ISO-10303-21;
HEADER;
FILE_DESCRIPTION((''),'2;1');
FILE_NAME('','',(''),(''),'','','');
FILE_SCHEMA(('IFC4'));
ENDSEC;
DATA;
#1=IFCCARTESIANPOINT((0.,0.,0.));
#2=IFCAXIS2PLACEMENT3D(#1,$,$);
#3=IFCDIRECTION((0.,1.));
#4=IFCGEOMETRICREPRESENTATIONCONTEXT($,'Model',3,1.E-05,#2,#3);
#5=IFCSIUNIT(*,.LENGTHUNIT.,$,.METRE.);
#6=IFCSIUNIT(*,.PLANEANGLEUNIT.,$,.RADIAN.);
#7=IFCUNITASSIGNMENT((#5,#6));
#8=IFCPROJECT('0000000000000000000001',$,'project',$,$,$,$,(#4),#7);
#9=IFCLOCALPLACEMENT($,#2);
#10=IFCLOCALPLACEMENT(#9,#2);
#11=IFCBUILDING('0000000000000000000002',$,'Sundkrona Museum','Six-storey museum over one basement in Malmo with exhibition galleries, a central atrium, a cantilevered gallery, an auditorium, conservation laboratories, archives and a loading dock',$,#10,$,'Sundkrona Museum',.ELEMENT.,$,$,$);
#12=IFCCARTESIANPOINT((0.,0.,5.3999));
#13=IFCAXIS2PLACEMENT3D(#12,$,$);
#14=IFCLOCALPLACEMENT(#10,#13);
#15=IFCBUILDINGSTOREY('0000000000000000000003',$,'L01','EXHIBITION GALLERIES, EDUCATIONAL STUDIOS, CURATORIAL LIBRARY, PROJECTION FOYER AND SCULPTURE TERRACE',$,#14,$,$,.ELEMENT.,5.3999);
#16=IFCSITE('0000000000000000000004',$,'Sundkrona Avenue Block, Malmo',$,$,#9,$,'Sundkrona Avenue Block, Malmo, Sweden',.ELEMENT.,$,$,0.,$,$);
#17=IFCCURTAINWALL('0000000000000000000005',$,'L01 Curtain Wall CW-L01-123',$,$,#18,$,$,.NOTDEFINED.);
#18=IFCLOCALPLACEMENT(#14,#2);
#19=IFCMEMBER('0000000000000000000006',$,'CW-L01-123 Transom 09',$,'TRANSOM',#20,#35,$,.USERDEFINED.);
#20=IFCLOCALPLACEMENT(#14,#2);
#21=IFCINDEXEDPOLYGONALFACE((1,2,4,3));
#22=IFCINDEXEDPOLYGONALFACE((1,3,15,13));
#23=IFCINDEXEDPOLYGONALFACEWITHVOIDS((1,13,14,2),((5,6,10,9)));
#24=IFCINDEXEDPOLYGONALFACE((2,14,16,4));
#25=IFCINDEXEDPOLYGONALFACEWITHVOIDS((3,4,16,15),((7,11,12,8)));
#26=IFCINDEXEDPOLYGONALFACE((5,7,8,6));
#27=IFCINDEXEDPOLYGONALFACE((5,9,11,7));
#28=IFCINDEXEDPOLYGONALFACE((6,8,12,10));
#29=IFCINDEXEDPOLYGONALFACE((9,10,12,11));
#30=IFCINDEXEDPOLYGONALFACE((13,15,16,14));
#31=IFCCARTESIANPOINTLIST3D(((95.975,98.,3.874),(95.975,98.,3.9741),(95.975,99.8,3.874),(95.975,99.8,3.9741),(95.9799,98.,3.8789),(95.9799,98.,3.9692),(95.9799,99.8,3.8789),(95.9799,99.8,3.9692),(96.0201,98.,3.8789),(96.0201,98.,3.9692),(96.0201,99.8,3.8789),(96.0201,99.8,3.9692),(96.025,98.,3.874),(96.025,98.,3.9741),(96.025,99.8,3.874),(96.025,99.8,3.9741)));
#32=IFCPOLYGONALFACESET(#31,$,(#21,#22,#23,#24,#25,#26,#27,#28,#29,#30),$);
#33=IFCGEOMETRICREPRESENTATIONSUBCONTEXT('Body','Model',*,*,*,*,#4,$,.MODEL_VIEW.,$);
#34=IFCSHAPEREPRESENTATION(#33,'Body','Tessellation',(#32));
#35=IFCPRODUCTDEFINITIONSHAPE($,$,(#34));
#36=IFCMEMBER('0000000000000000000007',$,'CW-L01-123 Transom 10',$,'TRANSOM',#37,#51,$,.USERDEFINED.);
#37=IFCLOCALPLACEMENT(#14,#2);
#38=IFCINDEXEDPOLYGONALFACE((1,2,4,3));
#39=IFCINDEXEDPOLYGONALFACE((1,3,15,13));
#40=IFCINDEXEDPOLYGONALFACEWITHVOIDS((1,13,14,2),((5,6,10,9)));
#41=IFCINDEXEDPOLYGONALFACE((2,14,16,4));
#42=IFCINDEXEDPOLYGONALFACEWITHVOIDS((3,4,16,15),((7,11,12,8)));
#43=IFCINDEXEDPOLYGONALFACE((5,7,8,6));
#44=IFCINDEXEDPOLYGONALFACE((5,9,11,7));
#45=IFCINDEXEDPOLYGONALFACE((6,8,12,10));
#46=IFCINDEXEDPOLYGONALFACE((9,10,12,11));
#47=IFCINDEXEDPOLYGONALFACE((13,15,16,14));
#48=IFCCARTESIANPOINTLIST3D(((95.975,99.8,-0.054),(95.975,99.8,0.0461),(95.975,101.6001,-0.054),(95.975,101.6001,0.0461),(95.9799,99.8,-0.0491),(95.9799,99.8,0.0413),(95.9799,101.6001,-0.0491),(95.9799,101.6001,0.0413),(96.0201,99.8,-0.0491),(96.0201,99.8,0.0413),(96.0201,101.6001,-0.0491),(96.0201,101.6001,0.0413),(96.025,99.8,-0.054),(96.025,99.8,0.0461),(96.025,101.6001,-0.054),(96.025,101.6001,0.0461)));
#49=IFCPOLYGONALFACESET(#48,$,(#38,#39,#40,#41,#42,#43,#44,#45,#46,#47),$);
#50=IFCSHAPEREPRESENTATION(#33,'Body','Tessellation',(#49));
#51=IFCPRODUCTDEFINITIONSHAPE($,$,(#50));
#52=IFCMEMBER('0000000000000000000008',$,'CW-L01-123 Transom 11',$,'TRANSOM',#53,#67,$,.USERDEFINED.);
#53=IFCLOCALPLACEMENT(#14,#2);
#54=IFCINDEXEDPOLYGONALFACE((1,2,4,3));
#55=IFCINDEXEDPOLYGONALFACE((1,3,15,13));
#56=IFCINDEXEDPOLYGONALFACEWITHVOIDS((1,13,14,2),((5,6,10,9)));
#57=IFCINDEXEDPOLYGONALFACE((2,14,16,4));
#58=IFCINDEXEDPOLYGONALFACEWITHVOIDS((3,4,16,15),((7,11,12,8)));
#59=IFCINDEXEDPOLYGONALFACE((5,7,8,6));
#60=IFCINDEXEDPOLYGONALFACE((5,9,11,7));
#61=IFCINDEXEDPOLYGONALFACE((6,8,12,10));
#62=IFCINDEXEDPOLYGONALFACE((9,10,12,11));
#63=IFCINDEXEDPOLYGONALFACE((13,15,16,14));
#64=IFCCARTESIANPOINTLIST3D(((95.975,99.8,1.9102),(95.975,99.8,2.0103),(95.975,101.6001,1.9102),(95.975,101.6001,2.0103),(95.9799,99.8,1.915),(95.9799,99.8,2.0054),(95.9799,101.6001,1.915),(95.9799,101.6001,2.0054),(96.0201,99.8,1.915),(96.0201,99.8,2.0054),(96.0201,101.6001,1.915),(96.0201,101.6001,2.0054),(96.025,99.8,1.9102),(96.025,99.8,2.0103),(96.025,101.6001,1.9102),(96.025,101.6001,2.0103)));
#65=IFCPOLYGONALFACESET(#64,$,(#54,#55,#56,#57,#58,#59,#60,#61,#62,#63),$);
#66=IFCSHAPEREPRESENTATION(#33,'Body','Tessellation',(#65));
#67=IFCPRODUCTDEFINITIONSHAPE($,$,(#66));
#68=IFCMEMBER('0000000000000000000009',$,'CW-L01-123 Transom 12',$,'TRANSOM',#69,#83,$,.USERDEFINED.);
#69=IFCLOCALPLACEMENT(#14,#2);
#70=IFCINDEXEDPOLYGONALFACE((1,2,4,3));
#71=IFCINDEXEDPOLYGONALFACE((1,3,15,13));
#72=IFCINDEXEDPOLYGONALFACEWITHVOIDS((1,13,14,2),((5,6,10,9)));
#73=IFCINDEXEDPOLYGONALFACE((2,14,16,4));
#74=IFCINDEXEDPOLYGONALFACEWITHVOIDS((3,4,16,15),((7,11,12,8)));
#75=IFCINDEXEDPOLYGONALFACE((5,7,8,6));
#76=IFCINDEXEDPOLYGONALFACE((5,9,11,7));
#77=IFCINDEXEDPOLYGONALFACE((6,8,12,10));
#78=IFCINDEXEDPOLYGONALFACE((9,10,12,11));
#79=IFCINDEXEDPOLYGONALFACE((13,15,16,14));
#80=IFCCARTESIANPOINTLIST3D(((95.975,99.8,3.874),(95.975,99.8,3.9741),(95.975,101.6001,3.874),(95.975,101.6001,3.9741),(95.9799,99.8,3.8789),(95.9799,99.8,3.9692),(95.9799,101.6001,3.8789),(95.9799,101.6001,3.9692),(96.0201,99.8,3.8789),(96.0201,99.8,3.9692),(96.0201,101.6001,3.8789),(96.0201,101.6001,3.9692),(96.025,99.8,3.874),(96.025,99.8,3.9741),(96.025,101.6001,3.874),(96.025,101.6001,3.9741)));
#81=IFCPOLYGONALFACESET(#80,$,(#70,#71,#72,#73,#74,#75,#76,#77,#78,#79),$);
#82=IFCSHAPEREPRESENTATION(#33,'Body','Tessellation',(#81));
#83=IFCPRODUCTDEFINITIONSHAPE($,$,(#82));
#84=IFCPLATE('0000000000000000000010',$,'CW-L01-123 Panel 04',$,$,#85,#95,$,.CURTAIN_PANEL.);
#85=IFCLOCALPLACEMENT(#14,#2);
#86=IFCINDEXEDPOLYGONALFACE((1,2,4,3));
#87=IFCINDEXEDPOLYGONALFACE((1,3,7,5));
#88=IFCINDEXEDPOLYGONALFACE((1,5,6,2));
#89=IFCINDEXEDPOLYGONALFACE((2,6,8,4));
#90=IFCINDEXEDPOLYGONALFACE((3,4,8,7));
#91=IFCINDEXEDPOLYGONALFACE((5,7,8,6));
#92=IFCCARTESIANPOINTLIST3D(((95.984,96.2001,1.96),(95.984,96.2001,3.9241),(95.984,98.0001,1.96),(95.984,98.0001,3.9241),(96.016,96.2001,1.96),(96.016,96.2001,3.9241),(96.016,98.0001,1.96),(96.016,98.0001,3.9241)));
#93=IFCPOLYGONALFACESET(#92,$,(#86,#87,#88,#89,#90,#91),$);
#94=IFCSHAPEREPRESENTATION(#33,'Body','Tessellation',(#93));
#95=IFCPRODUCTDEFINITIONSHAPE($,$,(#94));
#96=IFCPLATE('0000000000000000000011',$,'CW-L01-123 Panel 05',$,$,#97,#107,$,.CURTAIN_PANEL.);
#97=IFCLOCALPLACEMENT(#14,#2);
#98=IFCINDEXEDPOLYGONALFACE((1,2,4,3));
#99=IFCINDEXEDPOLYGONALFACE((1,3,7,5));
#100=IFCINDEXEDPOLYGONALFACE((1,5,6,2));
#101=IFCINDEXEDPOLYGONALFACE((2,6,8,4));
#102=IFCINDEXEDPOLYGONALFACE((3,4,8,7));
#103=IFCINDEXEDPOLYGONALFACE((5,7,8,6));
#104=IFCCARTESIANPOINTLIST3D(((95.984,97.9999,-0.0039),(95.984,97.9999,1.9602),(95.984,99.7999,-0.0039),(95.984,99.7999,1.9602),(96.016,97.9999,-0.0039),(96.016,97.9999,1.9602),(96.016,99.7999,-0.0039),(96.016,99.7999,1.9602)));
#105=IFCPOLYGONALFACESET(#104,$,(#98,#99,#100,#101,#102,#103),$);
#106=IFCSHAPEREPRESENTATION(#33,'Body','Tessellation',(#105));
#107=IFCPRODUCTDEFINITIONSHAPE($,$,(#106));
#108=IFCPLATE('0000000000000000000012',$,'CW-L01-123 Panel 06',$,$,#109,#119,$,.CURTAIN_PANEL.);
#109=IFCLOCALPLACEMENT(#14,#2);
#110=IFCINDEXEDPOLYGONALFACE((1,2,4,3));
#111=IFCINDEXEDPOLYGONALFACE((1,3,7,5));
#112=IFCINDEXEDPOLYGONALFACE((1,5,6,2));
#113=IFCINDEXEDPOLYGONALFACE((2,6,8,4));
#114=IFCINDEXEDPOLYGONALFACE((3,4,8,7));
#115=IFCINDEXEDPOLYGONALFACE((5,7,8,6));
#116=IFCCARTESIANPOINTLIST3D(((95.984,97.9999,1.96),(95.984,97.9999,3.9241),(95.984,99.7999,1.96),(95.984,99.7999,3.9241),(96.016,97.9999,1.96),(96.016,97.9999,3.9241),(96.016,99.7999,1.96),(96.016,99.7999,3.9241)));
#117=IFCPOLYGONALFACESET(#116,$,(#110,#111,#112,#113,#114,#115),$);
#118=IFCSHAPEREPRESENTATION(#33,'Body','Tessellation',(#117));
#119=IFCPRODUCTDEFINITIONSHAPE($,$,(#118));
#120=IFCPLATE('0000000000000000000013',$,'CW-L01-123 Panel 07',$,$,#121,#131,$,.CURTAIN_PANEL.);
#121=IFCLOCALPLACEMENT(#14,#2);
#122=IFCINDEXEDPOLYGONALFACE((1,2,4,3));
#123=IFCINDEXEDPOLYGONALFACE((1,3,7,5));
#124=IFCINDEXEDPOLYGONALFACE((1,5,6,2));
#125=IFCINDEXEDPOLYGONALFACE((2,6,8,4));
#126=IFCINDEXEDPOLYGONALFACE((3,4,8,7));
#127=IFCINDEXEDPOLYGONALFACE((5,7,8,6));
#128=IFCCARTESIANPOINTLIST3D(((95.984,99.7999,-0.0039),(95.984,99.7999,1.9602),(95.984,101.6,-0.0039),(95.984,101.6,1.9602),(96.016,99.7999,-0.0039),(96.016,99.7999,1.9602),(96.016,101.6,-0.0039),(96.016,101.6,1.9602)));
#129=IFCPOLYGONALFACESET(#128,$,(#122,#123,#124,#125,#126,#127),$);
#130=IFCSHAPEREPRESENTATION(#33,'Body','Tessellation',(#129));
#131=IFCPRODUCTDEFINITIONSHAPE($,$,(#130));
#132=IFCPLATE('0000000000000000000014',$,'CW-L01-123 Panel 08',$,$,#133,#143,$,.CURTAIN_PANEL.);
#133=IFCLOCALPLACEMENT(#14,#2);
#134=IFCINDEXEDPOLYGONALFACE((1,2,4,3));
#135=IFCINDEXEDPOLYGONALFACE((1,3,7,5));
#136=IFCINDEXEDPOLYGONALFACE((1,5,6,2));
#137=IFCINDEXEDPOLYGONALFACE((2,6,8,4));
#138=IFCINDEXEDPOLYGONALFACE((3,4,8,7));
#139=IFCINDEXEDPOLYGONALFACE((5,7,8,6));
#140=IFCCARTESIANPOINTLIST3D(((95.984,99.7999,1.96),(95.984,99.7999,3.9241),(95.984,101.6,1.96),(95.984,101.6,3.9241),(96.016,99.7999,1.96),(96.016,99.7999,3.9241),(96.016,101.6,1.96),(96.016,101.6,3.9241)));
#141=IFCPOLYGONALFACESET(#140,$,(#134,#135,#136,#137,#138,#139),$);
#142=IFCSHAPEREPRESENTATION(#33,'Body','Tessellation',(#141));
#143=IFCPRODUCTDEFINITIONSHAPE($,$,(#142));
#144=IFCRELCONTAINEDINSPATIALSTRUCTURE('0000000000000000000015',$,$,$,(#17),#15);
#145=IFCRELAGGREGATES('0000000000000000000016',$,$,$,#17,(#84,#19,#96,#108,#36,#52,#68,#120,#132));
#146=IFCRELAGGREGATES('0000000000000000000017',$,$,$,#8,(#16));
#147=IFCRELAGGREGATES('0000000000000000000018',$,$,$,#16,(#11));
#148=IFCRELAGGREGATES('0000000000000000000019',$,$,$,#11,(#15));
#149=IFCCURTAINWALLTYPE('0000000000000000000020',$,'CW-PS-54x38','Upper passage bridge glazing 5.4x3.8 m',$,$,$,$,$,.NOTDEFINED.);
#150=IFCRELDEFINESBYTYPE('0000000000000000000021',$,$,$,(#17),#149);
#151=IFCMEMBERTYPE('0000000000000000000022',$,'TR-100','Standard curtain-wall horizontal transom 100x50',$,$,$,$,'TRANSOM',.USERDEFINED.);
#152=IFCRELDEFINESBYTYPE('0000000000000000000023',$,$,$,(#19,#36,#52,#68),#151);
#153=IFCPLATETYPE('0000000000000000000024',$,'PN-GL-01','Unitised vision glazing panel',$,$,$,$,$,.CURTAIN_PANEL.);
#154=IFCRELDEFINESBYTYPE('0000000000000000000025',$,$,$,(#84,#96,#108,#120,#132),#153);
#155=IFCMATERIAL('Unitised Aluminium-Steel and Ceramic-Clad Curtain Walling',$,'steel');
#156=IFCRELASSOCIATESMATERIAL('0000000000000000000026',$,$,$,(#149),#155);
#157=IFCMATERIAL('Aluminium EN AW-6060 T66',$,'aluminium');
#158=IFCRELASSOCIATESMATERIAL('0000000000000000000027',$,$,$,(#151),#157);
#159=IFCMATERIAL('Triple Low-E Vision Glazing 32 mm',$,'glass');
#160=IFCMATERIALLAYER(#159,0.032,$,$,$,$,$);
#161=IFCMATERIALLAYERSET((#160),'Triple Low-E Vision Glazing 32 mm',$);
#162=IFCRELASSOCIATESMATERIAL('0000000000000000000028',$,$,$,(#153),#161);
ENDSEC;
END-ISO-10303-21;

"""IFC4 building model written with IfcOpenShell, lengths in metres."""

from ifc_helpers import new_model, si_unit, direction, frame, origin, origin_2d, place, context, subcontext, project, spatial, rectangle, hollow_rectangle, extrude, material, layer, layer_set, material_profile, profile_set, type_object, element, aggregate, save


model = new_model("IFC4")

# Units and contexts
model_context = context("Model", 3, precision=1e-05, world=origin(), true_north=direction((0.0, 1.0)))
body_context = subcontext(model_context, "Body", "Model", "MODEL_VIEW")
ifc_project = project(units=[si_unit("LENGTHUNIT", "METRE"), si_unit("PLANEANGLEUNIT", "RADIAN")], contexts=[model_context])

# Site, building, storey
site_placement = place(None, origin())
site = spatial("IfcSite", under=ifc_project, at=site_placement, Name="Sundkrona Avenue Block, Malmo", LongName="Sundkrona Avenue Block, Malmo, Sweden", CompositionType="ELEMENT", RefElevation=0.0)
building_placement = place(site_placement, origin())
building = spatial("IfcBuilding", under=site, at=building_placement, Name="Sundkrona Museum", Description="Six-storey museum over one basement in Malmo with exhibition galleries, a central atrium, a cantilevered gallery, an auditorium, conservation laboratories, archives and a loading dock", LongName="Sundkrona Museum", CompositionType="ELEMENT")
storey_placement = place(building_placement, frame((0.0, 0.0, 5.3999)))
storey = spatial("IfcBuildingStorey", under=building, at=storey_placement, Name="L01", Description="EXHIBITION GALLERIES, EDUCATIONAL STUDIOS, CURATORIAL LIBRARY, PROJECTION FOYER AND SCULPTURE TERRACE", CompositionType="ELEMENT", Elevation=5.3999)

# Curtain wall
ifc_material_1 = material(Name="Unitised Aluminium-Steel and Ceramic-Clad Curtain Walling", Category="steel")
curtain_wall_type = type_object("IfcCurtainWallType", Name="CW-PS-54x38", Description="Upper passage bridge glazing 5.4x3.8 m", PredefinedType="NOTDEFINED", material=ifc_material_1)
curtain_wall_placement = place(storey_placement, origin())
curtain_wall = element("IfcCurtainWall", 1, at=curtain_wall_placement, inside=storey, type_object=curtain_wall_type, Name="L01 Curtain Wall CW-L01-123", PredefinedType="NOTDEFINED")
ifc_material_2 = material(Name="Aluminium EN AW-6060 T66", Category="aluminium")

# Members
ifc_material_profile_1 = material_profile(ifc_material_2, hollow_rectangle(XDim=0.05, YDim=0.1001, WallThickness=0.0049, at=origin_2d()), Name="RHS 100x50x5.0")
ifc_profile_set_1 = profile_set([ifc_material_profile_1], Name="Aluminium EN AW-6060 T66")
member_type_1 = type_object("IfcMemberType", Name="TR-100", Description="Standard curtain-wall horizontal transom 100x50", ElementType="TRANSOM", PredefinedType="USERDEFINED", material=ifc_profile_set_1)
member_1_placement = place(storey_placement, frame((96.0, 98.0, 3.9241), z_axis=(0.0, 1.0, 0.0), x_axis=(-1.0, 0.0, 0.0)))
member_1 = element("IfcMember", 2, at=member_1_placement, type_object=member_type_1, Name="CW-L01-123 Transom 09", ObjectType="TRANSOM", PredefinedType="USERDEFINED", context=body_context, shape_type="SweptSolid", body=[
    extrude(hollow_rectangle(XDim=0.05, YDim=0.1001, WallThickness=0.0049, at=origin_2d()), origin(), (0.0, 0.0, 1.0), 1.8),
])
member_2_placement = place(storey_placement, frame((96.0, 99.8, -0.0039), z_axis=(0.0, 1.0, 0.0), x_axis=(-1.0, 0.0, 0.0)))
member_2 = element("IfcMember", 3, at=member_2_placement, type_object=member_type_1, Name="CW-L01-123 Transom 10", ObjectType="TRANSOM", PredefinedType="USERDEFINED", context=body_context, shape_type="SweptSolid", body=[
    extrude(hollow_rectangle(XDim=0.05, YDim=0.1001, WallThickness=0.0049, at=origin_2d()), origin(), (0.0, 0.0, 1.0), 1.8),
])
member_3_placement = place(storey_placement, frame((96.0, 99.8, 1.9602), z_axis=(0.0, 1.0, 0.0), x_axis=(-1.0, 0.0, 0.0)))
member_3 = element("IfcMember", 4, at=member_3_placement, type_object=member_type_1, Name="CW-L01-123 Transom 11", ObjectType="TRANSOM", PredefinedType="USERDEFINED", context=body_context, shape_type="SweptSolid", body=[
    extrude(hollow_rectangle(XDim=0.05, YDim=0.1001, WallThickness=0.0049, at=origin_2d()), origin(), (0.0, 0.0, 1.0), 1.8),
])
member_4_placement = place(storey_placement, frame((96.0, 99.8, 3.9241), z_axis=(0.0, 1.0, 0.0), x_axis=(-1.0, 0.0, 0.0)))
member_4 = element("IfcMember", 5, at=member_4_placement, type_object=member_type_1, Name="CW-L01-123 Transom 12", ObjectType="TRANSOM", PredefinedType="USERDEFINED", context=body_context, shape_type="SweptSolid", body=[
    extrude(hollow_rectangle(XDim=0.05, YDim=0.1001, WallThickness=0.0049, at=origin_2d()), origin(), (0.0, 0.0, 1.0), 1.8),
])

# Plates
ifc_material_3 = material(Name="Triple Low-E Vision Glazing 32 mm", Category="glass")
ifc_layer = layer(ifc_material_3, 0.032)
ifc_layer_set = layer_set([ifc_layer], Name="Triple Low-E Vision Glazing 32 mm")
plate_type = type_object("IfcPlateType", Name="PN-GL-01", Description="Unitised vision glazing panel", PredefinedType="CURTAIN_PANEL", material=ifc_layer_set)
plate_1_placement = place(storey_placement, frame((96.0, 97.1001, 1.96), z_axis=(0.0, 0.0, 1.0), x_axis=(0.0, 1.0, 0.0)))
plate_1 = element("IfcPlate", 6, at=plate_1_placement, type_object=plate_type, Name="CW-L01-123 Panel 04", PredefinedType="CURTAIN_PANEL", context=body_context, shape_type="SweptSolid", body=[
    extrude(rectangle(XDim=1.8, YDim=0.032, at=origin_2d()), origin(), (0.0, 0.0, 1.0), 1.9641),
])
plate_2_placement = place(storey_placement, frame((96.0, 98.8999, -0.0039), z_axis=(0.0, 0.0, 1.0), x_axis=(0.0, 1.0, 0.0)))
plate_2 = element("IfcPlate", 7, at=plate_2_placement, type_object=plate_type, Name="CW-L01-123 Panel 05", PredefinedType="CURTAIN_PANEL", context=body_context, shape_type="SweptSolid", body=[
    extrude(rectangle(XDim=1.8, YDim=0.032, at=origin_2d()), origin(), (0.0, 0.0, 1.0), 1.9641),
])
plate_3_placement = place(storey_placement, frame((96.0, 98.8999, 1.96), z_axis=(0.0, 0.0, 1.0), x_axis=(0.0, 1.0, 0.0)))
plate_3 = element("IfcPlate", 8, at=plate_3_placement, type_object=plate_type, Name="CW-L01-123 Panel 06", PredefinedType="CURTAIN_PANEL", context=body_context, shape_type="SweptSolid", body=[
    extrude(rectangle(XDim=1.8, YDim=0.032, at=origin_2d()), origin(), (0.0, 0.0, 1.0), 1.9641),
])
plate_4_placement = place(storey_placement, frame((96.0, 100.7, -0.0039), z_axis=(0.0, 0.0, 1.0), x_axis=(0.0, 1.0, 0.0)))
plate_4 = element("IfcPlate", 9, at=plate_4_placement, type_object=plate_type, Name="CW-L01-123 Panel 07", PredefinedType="CURTAIN_PANEL", context=body_context, shape_type="SweptSolid", body=[
    extrude(rectangle(XDim=1.8, YDim=0.032, at=origin_2d()), origin(), (0.0, 0.0, 1.0), 1.9641),
])
plate_5_placement = place(storey_placement, frame((96.0, 100.7, 1.96), z_axis=(0.0, 0.0, 1.0), x_axis=(0.0, 1.0, 0.0)))
plate_5 = element("IfcPlate", 10, at=plate_5_placement, type_object=plate_type, Name="CW-L01-123 Panel 08", PredefinedType="CURTAIN_PANEL", context=body_context, shape_type="SweptSolid", body=[
    extrude(rectangle(XDim=1.8, YDim=0.032, at=origin_2d()), origin(), (0.0, 0.0, 1.0), 1.9641),
])
aggregate(curtain_wall, [plate_1, member_1, plate_2, plate_3, member_2, member_3, member_4, plate_4, plate_5])

save(model, "model.ifc")
